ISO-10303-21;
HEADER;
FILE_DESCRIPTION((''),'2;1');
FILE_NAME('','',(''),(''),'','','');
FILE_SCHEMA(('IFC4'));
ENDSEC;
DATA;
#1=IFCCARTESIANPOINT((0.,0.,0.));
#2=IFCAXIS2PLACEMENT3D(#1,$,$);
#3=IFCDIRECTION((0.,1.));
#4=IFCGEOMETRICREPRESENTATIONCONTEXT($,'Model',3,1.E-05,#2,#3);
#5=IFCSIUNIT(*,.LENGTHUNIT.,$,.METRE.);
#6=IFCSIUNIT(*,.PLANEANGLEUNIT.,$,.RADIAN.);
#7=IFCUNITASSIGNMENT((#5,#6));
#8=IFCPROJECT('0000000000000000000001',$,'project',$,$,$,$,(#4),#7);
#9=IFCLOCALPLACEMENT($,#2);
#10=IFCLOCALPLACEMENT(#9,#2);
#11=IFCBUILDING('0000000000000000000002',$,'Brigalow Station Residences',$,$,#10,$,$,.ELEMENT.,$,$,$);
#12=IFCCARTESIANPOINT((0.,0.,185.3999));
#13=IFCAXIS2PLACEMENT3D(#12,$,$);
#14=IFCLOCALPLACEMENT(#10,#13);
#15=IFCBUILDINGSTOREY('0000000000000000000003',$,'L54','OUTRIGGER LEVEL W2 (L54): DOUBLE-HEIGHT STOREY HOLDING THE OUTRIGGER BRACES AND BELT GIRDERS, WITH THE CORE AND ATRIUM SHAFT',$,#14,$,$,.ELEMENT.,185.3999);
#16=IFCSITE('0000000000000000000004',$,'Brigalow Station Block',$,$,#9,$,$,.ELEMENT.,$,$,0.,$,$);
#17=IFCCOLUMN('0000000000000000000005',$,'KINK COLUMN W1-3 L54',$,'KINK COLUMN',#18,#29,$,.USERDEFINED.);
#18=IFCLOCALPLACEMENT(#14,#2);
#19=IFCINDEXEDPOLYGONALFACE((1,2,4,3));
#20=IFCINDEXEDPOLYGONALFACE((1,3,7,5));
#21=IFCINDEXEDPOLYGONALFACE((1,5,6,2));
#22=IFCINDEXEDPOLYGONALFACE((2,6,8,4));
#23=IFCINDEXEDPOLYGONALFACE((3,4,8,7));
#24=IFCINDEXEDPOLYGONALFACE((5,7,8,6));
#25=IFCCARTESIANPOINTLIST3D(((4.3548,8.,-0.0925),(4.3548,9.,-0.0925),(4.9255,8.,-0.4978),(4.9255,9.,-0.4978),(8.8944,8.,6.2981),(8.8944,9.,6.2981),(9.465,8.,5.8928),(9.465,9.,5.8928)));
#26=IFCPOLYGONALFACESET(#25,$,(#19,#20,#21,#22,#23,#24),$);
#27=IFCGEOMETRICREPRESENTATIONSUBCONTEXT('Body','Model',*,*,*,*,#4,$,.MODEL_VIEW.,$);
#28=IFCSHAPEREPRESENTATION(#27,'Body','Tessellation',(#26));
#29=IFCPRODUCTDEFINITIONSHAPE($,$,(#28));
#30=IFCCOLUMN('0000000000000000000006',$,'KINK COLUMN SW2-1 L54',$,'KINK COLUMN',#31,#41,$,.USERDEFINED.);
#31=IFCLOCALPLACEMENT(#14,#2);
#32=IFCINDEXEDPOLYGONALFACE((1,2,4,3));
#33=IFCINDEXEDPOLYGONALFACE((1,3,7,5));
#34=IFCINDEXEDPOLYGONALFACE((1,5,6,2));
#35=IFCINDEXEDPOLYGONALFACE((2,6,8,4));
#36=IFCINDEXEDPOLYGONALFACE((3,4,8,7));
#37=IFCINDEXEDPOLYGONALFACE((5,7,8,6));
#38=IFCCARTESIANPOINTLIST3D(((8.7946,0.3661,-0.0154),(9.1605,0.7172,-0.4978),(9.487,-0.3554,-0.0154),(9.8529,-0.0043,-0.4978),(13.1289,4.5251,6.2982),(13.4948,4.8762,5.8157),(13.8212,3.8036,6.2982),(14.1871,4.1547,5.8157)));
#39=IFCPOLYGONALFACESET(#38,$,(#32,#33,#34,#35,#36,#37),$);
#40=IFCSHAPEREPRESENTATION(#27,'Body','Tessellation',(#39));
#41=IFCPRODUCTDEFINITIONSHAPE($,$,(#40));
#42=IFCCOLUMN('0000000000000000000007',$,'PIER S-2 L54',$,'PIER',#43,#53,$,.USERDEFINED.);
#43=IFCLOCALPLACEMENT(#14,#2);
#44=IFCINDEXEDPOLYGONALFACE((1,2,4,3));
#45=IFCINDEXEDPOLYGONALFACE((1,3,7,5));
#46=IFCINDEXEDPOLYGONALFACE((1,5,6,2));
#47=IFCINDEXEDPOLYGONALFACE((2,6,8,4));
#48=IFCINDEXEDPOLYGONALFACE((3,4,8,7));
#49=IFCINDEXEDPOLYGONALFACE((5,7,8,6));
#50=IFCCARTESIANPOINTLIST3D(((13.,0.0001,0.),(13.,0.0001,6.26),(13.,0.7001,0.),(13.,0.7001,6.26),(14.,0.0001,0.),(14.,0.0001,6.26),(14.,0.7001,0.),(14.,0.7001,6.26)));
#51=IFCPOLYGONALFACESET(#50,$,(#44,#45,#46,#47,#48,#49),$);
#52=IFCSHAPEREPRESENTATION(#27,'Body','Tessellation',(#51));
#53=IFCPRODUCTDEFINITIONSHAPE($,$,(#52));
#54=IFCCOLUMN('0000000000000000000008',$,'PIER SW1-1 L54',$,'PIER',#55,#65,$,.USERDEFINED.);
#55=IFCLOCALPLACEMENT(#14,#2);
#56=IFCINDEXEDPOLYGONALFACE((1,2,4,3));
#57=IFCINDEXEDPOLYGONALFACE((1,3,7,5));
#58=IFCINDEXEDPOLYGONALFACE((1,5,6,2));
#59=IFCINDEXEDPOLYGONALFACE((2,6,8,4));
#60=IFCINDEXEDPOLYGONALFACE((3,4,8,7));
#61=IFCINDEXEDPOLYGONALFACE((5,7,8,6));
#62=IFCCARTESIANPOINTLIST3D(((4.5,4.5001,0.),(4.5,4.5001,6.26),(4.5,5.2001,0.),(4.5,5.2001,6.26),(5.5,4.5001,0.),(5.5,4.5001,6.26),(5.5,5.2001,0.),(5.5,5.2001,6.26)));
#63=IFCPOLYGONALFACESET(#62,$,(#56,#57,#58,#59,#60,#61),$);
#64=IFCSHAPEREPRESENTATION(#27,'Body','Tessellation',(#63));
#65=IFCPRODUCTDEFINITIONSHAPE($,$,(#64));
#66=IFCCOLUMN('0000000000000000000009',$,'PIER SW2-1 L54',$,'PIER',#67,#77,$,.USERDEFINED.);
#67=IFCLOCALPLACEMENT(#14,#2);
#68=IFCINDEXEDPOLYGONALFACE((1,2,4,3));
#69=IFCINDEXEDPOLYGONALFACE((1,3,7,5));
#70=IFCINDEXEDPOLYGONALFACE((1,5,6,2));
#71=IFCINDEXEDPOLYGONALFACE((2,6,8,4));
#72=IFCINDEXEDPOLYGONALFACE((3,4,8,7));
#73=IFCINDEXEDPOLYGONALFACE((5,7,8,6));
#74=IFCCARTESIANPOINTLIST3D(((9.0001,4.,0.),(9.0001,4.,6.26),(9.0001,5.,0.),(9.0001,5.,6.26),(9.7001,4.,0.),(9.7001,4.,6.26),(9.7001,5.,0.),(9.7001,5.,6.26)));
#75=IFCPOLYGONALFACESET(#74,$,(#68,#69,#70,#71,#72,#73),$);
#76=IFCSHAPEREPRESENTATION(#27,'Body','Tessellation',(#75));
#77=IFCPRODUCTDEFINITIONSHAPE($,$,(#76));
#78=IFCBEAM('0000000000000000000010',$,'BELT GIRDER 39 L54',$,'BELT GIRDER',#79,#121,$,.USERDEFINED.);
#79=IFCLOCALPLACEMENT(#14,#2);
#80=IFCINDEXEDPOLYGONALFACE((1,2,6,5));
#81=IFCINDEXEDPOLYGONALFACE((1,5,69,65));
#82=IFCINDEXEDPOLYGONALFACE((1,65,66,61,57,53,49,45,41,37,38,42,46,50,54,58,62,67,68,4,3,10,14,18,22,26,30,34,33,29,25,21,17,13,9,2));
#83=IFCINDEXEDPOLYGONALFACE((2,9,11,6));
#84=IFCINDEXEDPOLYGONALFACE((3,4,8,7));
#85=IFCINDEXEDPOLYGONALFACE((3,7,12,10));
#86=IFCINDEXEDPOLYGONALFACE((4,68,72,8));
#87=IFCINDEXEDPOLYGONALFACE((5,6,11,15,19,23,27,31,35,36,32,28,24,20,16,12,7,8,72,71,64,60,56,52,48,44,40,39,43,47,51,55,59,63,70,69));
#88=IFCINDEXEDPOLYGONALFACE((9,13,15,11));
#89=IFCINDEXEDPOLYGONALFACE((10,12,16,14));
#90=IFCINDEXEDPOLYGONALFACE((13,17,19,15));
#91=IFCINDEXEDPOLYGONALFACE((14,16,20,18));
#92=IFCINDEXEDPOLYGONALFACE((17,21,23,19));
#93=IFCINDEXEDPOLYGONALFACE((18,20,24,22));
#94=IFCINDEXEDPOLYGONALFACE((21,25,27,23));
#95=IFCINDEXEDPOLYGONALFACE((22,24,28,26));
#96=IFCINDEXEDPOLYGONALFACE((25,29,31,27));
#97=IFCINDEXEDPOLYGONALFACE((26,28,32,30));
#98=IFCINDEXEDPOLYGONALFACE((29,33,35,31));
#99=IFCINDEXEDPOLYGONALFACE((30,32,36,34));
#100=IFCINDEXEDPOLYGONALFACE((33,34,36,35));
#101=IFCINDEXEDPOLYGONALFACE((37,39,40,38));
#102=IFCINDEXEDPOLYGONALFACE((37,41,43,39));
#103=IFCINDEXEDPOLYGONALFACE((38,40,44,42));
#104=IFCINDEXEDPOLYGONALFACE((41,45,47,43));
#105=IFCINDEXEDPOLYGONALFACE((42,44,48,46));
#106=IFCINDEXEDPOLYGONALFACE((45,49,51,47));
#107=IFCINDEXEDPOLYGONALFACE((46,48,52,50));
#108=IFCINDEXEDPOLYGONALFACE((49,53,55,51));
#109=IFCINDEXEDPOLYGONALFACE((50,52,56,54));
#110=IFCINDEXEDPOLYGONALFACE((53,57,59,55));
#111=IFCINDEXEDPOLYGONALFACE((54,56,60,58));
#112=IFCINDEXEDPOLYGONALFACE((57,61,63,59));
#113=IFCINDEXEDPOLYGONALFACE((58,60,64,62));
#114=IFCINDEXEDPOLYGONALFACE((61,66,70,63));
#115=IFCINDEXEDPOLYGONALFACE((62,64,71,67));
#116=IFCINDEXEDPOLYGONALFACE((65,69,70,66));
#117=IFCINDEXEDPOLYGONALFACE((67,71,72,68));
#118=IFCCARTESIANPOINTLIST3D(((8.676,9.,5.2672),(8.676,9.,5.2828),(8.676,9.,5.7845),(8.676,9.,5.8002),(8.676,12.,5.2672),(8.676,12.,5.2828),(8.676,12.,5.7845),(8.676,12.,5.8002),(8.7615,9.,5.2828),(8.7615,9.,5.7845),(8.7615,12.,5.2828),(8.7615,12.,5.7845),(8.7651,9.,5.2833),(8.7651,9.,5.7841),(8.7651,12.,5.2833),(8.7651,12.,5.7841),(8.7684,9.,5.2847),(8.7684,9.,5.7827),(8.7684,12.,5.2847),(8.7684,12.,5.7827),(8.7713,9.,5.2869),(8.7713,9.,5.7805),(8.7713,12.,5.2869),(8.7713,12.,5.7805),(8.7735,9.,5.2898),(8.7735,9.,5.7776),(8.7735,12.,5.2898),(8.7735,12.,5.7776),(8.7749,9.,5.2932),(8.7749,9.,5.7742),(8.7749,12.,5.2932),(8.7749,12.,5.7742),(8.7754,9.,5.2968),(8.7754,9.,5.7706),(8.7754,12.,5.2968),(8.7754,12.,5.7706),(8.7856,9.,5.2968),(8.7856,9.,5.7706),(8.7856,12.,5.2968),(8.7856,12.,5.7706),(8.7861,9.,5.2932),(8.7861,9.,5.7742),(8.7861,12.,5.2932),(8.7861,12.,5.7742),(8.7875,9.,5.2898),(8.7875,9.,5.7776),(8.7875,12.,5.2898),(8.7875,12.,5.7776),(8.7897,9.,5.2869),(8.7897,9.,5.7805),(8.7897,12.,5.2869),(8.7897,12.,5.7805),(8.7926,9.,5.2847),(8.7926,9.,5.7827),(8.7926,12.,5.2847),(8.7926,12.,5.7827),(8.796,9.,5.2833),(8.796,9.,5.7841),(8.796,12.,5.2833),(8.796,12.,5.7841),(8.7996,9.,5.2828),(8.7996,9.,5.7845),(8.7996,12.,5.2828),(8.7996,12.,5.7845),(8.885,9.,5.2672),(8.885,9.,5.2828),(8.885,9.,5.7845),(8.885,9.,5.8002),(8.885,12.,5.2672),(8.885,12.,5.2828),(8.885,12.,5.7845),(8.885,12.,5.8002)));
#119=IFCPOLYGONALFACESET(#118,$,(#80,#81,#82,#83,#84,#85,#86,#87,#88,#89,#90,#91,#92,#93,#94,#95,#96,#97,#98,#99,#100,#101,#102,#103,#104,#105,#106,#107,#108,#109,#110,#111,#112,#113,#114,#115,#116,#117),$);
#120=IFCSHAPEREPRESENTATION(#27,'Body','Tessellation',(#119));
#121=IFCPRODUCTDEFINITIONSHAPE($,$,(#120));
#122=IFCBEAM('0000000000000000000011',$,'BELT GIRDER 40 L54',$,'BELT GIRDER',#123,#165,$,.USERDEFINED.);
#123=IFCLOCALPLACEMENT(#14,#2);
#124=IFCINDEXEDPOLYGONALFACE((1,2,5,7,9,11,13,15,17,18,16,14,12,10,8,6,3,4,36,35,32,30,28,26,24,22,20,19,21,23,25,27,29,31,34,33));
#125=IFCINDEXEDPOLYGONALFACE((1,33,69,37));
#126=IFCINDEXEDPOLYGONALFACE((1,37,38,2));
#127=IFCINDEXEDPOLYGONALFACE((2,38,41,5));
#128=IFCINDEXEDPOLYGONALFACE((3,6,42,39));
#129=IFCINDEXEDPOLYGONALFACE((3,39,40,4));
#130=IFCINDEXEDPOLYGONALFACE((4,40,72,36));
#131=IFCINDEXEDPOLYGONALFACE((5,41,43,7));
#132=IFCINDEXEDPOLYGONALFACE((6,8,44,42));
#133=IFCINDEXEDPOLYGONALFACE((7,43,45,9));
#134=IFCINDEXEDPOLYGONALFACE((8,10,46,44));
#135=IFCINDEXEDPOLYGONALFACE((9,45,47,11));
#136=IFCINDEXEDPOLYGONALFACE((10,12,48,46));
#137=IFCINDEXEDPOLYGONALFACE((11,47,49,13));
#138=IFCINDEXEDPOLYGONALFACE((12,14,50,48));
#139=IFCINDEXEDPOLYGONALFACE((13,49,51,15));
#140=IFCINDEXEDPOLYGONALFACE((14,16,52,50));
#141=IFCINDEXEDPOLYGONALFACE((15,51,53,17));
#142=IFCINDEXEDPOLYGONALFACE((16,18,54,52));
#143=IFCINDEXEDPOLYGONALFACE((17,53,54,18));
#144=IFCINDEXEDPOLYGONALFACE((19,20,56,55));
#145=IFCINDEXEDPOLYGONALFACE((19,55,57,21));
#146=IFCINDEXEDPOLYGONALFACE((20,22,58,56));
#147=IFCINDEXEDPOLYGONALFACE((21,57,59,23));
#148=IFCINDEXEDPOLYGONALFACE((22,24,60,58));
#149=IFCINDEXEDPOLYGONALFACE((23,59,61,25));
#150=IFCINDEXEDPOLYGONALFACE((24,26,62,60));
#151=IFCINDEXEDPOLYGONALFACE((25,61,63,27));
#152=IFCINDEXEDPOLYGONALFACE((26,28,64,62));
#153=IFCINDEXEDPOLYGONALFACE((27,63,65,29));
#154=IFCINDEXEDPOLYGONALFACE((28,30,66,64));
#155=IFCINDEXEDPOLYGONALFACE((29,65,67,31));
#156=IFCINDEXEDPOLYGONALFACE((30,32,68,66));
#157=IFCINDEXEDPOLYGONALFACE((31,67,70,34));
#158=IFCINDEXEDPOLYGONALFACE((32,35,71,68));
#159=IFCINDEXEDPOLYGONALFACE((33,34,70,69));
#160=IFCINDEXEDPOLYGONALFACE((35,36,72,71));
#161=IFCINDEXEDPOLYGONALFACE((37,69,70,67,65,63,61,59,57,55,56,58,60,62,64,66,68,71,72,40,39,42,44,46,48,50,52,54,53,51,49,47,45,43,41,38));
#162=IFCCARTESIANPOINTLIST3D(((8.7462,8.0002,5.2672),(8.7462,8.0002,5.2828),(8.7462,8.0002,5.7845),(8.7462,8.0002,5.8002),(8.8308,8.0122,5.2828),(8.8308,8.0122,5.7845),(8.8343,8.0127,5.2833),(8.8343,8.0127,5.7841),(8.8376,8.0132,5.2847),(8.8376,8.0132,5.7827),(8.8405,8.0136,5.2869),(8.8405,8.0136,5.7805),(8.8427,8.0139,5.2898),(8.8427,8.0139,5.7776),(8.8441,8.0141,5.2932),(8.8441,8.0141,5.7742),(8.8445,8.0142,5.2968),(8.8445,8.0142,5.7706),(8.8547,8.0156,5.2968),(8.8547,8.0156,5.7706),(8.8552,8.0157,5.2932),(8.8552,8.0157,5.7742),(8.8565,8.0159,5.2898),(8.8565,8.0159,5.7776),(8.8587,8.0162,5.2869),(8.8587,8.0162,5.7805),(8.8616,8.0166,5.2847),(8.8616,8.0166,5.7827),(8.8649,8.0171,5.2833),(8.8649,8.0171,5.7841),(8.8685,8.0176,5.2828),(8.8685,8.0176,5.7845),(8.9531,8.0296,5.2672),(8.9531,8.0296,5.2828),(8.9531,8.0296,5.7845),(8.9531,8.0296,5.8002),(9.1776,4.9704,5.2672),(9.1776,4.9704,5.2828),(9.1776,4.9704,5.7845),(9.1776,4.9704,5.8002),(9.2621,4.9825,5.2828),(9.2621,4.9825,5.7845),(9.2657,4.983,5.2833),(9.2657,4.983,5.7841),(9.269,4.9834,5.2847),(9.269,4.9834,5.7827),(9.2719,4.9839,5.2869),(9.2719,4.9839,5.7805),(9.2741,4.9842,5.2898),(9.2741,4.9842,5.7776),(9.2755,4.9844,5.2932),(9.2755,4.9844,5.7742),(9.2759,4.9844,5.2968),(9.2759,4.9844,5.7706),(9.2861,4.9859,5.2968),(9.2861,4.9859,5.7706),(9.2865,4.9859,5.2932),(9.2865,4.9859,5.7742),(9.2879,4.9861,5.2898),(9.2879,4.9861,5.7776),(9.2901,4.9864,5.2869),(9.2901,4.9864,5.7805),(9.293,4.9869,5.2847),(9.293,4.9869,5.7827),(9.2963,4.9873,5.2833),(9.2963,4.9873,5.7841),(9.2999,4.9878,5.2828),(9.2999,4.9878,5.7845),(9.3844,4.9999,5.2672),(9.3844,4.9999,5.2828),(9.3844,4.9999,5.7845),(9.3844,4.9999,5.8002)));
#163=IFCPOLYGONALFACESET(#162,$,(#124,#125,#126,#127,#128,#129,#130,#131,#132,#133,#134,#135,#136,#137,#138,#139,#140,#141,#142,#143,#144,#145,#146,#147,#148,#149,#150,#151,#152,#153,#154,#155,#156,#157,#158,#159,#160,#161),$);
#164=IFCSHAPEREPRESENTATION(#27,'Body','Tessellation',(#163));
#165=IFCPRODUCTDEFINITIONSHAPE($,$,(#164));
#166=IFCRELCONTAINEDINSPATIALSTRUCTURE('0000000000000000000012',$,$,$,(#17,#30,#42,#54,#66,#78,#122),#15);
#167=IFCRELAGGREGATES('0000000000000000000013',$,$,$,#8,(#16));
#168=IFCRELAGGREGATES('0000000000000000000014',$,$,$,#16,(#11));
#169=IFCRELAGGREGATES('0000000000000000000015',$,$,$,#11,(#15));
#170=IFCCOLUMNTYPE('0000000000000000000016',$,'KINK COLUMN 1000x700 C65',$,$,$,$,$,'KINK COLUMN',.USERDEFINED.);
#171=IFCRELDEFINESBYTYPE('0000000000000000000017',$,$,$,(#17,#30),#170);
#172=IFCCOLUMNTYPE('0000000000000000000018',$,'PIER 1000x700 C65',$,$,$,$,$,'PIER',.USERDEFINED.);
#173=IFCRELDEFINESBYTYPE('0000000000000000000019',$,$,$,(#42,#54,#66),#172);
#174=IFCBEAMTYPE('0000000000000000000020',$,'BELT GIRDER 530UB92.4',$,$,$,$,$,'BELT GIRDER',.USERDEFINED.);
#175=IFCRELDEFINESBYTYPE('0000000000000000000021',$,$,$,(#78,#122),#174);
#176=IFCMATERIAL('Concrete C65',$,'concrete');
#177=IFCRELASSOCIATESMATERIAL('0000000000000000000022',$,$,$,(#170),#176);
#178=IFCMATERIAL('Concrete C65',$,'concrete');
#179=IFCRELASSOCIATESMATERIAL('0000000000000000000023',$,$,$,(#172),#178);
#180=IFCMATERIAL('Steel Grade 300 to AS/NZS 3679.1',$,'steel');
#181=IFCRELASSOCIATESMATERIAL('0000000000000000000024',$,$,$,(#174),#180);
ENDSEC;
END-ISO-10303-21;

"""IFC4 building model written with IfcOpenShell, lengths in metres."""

from ifc_helpers import new_model, si_unit, direction, frame, origin, origin_2d, place, context, subcontext, project, spatial, rectangle, i_section, extrude, material, material_profile, profile_set, type_object, element, save


model = new_model("IFC4")

# Units and contexts
model_context = context("Model", 3, precision=1e-05, world=origin(), true_north=direction((0.0, 1.0)))
body_context = subcontext(model_context, "Body", "Model", "MODEL_VIEW")
ifc_project = project(units=[si_unit("LENGTHUNIT", "METRE"), si_unit("PLANEANGLEUNIT", "RADIAN")], contexts=[model_context])

# Site, building, storey
site_placement = place(None, origin())
site = spatial("IfcSite", under=ifc_project, at=site_placement, Name="Brigalow Station Block", CompositionType="ELEMENT", RefElevation=0.0)
building_placement = place(site_placement, origin())
building = spatial("IfcBuilding", under=site, at=building_placement, Name="Brigalow Station Residences", CompositionType="ELEMENT")
storey_placement = place(building_placement, frame((0.0, 0.0, 185.3999)))
storey = spatial("IfcBuildingStorey", under=building, at=storey_placement, Name="L54", Description="OUTRIGGER LEVEL W2 (L54): DOUBLE-HEIGHT STOREY HOLDING THE OUTRIGGER BRACES AND BELT GIRDERS, WITH THE CORE AND ATRIUM SHAFT", CompositionType="ELEMENT", Elevation=185.3999)

# Columns
ifc_material_1 = material(Name="Concrete C65", Category="concrete")
ifc_material_profile_1 = material_profile(ifc_material_1, rectangle(XDim=1.0, YDim=0.7, at=origin_2d()), Name="RC1000x700")
ifc_profile_set_1 = profile_set([ifc_material_profile_1], Name="Concrete C65")
column_type_1 = type_object("IfcColumnType", Name="KINK COLUMN 1000x700 C65", ElementType="KINK COLUMN", PredefinedType="USERDEFINED", material=ifc_profile_set_1)
column_1_placement = place(storey_placement, frame((4.6401, 8.5, -0.2952), z_axis=(0.579109, 0.0, 0.81525), x_axis=(0.0, 1.0, 0.0)))
element("IfcColumn", 1, at=column_1_placement, inside=storey, type_object=column_type_1, Name="KINK COLUMN W1-3 L54", ObjectType="KINK COLUMN", PredefinedType="USERDEFINED", context=body_context, shape_type="SweptSolid", body=[
    extrude(rectangle(XDim=1.0, YDim=0.7, at=origin_2d()), origin(), (0.0, 0.0, 1.0), 7.8389),
])
column_2_placement = place(storey_placement, frame((9.3237, 0.1809, -0.2566), z_axis=(0.497359, 0.477244, 0.724481), x_axis=(-0.692365, 0.721547, 0.0)))
element("IfcColumn", 2, at=column_2_placement, inside=storey, type_object=column_type_1, Name="KINK COLUMN SW2-1 L54", ObjectType="KINK COLUMN", PredefinedType="USERDEFINED", context=body_context, shape_type="SweptSolid", body=[
    extrude(rectangle(XDim=1.0, YDim=0.7, at=origin_2d()), origin(), (0.0, 0.0, 1.0), 8.7146),
])
ifc_material_2 = material(Name="Concrete C65", Category="concrete")
ifc_material_profile_2 = material_profile(ifc_material_2, rectangle(XDim=1.0, YDim=0.7, at=origin_2d()), Name="RC1000x700")
ifc_profile_set_2 = profile_set([ifc_material_profile_2], Name="Concrete C65")
column_type_2 = type_object("IfcColumnType", Name="PIER 1000x700 C65", ElementType="PIER", PredefinedType="USERDEFINED", material=ifc_profile_set_2)
for number, where, z_axis, x_axis, name in (
    (3, (13.5, 0.3501, 0.0), (0.0, 0.0, 1.0), (1.0, 0.0, 0.0), "PIER S-2 L54"),
    (4, (5.0, 4.8501, 0.0), (0.0, 0.0, 1.0), (1.0, 0.0, 0.0), "PIER SW1-1 L54"),
    (5, (9.3501, 4.5, 0.0), (0.0, 0.0, 1.0), (0.0, -1.0, 0.0), "PIER SW2-1 L54"),
):
    element("IfcColumn", number, at=place(storey_placement, frame(where, z_axis=z_axis, x_axis=x_axis)), inside=storey, type_object=column_type_2, Name=name, ObjectType="PIER", PredefinedType="USERDEFINED", context=body_context, shape_type="SweptSolid", body=[
        extrude(rectangle(XDim=1.0, YDim=0.7, at=origin_2d()), origin(), (0.0, 0.0, 1.0), 6.26),
    ])

# Beams
ifc_material_3 = material(Name="Steel Grade 300 to AS/NZS 3679.1", Category="steel")
ifc_material_profile_3 = material_profile(ifc_material_3, i_section(OverallWidth=0.209, OverallDepth=0.533, WebThickness=0.0103, FlangeThickness=0.0156, FilletRadius=0.0139, at=origin_2d()), Name="530UB92.4")
ifc_profile_set_3 = profile_set([ifc_material_profile_3], Name="Steel Grade 300 to AS/NZS 3679.1")
beam_type = type_object("IfcBeamType", Name="BELT GIRDER 530UB92.4", ElementType="BELT GIRDER", PredefinedType="USERDEFINED", material=ifc_profile_set_3)
beam_1_placement = place(storey_placement, frame((8.7805, 12.0, 5.5337), z_axis=(0.0, -1.0, 0.0), x_axis=(1.0, 0.0, 0.0)))
element("IfcBeam", 6, at=beam_1_placement, inside=storey, type_object=beam_type, Name="BELT GIRDER 39 L54", ObjectType="BELT GIRDER", PredefinedType="USERDEFINED", context=body_context, shape_type="SweptSolid", body=[
    extrude(i_section(OverallWidth=0.209, OverallDepth=0.533, WebThickness=0.0103, FlangeThickness=0.0156, FilletRadius=0.0139, at=origin_2d()), origin(), (0.0, 0.0, 1.0), 3.0),
])
beam_2_placement = place(storey_placement, frame((8.8496, 8.0149, 5.5337), z_axis=(0.140963, -0.990015, 0.0), x_axis=(0.990015, 0.140963, 0.0)))
element("IfcBeam", 7, at=beam_2_placement, inside=storey, type_object=beam_type, Name="BELT GIRDER 40 L54", ObjectType="BELT GIRDER", PredefinedType="USERDEFINED", context=body_context, shape_type="SweptSolid", body=[
    extrude(i_section(OverallWidth=0.209, OverallDepth=0.533, WebThickness=0.0103, FlangeThickness=0.0156, FilletRadius=0.0139, at=origin_2d()), origin(), (0.0, 0.0, 1.0), 3.0603),
])

save(model, "model.ifc")
